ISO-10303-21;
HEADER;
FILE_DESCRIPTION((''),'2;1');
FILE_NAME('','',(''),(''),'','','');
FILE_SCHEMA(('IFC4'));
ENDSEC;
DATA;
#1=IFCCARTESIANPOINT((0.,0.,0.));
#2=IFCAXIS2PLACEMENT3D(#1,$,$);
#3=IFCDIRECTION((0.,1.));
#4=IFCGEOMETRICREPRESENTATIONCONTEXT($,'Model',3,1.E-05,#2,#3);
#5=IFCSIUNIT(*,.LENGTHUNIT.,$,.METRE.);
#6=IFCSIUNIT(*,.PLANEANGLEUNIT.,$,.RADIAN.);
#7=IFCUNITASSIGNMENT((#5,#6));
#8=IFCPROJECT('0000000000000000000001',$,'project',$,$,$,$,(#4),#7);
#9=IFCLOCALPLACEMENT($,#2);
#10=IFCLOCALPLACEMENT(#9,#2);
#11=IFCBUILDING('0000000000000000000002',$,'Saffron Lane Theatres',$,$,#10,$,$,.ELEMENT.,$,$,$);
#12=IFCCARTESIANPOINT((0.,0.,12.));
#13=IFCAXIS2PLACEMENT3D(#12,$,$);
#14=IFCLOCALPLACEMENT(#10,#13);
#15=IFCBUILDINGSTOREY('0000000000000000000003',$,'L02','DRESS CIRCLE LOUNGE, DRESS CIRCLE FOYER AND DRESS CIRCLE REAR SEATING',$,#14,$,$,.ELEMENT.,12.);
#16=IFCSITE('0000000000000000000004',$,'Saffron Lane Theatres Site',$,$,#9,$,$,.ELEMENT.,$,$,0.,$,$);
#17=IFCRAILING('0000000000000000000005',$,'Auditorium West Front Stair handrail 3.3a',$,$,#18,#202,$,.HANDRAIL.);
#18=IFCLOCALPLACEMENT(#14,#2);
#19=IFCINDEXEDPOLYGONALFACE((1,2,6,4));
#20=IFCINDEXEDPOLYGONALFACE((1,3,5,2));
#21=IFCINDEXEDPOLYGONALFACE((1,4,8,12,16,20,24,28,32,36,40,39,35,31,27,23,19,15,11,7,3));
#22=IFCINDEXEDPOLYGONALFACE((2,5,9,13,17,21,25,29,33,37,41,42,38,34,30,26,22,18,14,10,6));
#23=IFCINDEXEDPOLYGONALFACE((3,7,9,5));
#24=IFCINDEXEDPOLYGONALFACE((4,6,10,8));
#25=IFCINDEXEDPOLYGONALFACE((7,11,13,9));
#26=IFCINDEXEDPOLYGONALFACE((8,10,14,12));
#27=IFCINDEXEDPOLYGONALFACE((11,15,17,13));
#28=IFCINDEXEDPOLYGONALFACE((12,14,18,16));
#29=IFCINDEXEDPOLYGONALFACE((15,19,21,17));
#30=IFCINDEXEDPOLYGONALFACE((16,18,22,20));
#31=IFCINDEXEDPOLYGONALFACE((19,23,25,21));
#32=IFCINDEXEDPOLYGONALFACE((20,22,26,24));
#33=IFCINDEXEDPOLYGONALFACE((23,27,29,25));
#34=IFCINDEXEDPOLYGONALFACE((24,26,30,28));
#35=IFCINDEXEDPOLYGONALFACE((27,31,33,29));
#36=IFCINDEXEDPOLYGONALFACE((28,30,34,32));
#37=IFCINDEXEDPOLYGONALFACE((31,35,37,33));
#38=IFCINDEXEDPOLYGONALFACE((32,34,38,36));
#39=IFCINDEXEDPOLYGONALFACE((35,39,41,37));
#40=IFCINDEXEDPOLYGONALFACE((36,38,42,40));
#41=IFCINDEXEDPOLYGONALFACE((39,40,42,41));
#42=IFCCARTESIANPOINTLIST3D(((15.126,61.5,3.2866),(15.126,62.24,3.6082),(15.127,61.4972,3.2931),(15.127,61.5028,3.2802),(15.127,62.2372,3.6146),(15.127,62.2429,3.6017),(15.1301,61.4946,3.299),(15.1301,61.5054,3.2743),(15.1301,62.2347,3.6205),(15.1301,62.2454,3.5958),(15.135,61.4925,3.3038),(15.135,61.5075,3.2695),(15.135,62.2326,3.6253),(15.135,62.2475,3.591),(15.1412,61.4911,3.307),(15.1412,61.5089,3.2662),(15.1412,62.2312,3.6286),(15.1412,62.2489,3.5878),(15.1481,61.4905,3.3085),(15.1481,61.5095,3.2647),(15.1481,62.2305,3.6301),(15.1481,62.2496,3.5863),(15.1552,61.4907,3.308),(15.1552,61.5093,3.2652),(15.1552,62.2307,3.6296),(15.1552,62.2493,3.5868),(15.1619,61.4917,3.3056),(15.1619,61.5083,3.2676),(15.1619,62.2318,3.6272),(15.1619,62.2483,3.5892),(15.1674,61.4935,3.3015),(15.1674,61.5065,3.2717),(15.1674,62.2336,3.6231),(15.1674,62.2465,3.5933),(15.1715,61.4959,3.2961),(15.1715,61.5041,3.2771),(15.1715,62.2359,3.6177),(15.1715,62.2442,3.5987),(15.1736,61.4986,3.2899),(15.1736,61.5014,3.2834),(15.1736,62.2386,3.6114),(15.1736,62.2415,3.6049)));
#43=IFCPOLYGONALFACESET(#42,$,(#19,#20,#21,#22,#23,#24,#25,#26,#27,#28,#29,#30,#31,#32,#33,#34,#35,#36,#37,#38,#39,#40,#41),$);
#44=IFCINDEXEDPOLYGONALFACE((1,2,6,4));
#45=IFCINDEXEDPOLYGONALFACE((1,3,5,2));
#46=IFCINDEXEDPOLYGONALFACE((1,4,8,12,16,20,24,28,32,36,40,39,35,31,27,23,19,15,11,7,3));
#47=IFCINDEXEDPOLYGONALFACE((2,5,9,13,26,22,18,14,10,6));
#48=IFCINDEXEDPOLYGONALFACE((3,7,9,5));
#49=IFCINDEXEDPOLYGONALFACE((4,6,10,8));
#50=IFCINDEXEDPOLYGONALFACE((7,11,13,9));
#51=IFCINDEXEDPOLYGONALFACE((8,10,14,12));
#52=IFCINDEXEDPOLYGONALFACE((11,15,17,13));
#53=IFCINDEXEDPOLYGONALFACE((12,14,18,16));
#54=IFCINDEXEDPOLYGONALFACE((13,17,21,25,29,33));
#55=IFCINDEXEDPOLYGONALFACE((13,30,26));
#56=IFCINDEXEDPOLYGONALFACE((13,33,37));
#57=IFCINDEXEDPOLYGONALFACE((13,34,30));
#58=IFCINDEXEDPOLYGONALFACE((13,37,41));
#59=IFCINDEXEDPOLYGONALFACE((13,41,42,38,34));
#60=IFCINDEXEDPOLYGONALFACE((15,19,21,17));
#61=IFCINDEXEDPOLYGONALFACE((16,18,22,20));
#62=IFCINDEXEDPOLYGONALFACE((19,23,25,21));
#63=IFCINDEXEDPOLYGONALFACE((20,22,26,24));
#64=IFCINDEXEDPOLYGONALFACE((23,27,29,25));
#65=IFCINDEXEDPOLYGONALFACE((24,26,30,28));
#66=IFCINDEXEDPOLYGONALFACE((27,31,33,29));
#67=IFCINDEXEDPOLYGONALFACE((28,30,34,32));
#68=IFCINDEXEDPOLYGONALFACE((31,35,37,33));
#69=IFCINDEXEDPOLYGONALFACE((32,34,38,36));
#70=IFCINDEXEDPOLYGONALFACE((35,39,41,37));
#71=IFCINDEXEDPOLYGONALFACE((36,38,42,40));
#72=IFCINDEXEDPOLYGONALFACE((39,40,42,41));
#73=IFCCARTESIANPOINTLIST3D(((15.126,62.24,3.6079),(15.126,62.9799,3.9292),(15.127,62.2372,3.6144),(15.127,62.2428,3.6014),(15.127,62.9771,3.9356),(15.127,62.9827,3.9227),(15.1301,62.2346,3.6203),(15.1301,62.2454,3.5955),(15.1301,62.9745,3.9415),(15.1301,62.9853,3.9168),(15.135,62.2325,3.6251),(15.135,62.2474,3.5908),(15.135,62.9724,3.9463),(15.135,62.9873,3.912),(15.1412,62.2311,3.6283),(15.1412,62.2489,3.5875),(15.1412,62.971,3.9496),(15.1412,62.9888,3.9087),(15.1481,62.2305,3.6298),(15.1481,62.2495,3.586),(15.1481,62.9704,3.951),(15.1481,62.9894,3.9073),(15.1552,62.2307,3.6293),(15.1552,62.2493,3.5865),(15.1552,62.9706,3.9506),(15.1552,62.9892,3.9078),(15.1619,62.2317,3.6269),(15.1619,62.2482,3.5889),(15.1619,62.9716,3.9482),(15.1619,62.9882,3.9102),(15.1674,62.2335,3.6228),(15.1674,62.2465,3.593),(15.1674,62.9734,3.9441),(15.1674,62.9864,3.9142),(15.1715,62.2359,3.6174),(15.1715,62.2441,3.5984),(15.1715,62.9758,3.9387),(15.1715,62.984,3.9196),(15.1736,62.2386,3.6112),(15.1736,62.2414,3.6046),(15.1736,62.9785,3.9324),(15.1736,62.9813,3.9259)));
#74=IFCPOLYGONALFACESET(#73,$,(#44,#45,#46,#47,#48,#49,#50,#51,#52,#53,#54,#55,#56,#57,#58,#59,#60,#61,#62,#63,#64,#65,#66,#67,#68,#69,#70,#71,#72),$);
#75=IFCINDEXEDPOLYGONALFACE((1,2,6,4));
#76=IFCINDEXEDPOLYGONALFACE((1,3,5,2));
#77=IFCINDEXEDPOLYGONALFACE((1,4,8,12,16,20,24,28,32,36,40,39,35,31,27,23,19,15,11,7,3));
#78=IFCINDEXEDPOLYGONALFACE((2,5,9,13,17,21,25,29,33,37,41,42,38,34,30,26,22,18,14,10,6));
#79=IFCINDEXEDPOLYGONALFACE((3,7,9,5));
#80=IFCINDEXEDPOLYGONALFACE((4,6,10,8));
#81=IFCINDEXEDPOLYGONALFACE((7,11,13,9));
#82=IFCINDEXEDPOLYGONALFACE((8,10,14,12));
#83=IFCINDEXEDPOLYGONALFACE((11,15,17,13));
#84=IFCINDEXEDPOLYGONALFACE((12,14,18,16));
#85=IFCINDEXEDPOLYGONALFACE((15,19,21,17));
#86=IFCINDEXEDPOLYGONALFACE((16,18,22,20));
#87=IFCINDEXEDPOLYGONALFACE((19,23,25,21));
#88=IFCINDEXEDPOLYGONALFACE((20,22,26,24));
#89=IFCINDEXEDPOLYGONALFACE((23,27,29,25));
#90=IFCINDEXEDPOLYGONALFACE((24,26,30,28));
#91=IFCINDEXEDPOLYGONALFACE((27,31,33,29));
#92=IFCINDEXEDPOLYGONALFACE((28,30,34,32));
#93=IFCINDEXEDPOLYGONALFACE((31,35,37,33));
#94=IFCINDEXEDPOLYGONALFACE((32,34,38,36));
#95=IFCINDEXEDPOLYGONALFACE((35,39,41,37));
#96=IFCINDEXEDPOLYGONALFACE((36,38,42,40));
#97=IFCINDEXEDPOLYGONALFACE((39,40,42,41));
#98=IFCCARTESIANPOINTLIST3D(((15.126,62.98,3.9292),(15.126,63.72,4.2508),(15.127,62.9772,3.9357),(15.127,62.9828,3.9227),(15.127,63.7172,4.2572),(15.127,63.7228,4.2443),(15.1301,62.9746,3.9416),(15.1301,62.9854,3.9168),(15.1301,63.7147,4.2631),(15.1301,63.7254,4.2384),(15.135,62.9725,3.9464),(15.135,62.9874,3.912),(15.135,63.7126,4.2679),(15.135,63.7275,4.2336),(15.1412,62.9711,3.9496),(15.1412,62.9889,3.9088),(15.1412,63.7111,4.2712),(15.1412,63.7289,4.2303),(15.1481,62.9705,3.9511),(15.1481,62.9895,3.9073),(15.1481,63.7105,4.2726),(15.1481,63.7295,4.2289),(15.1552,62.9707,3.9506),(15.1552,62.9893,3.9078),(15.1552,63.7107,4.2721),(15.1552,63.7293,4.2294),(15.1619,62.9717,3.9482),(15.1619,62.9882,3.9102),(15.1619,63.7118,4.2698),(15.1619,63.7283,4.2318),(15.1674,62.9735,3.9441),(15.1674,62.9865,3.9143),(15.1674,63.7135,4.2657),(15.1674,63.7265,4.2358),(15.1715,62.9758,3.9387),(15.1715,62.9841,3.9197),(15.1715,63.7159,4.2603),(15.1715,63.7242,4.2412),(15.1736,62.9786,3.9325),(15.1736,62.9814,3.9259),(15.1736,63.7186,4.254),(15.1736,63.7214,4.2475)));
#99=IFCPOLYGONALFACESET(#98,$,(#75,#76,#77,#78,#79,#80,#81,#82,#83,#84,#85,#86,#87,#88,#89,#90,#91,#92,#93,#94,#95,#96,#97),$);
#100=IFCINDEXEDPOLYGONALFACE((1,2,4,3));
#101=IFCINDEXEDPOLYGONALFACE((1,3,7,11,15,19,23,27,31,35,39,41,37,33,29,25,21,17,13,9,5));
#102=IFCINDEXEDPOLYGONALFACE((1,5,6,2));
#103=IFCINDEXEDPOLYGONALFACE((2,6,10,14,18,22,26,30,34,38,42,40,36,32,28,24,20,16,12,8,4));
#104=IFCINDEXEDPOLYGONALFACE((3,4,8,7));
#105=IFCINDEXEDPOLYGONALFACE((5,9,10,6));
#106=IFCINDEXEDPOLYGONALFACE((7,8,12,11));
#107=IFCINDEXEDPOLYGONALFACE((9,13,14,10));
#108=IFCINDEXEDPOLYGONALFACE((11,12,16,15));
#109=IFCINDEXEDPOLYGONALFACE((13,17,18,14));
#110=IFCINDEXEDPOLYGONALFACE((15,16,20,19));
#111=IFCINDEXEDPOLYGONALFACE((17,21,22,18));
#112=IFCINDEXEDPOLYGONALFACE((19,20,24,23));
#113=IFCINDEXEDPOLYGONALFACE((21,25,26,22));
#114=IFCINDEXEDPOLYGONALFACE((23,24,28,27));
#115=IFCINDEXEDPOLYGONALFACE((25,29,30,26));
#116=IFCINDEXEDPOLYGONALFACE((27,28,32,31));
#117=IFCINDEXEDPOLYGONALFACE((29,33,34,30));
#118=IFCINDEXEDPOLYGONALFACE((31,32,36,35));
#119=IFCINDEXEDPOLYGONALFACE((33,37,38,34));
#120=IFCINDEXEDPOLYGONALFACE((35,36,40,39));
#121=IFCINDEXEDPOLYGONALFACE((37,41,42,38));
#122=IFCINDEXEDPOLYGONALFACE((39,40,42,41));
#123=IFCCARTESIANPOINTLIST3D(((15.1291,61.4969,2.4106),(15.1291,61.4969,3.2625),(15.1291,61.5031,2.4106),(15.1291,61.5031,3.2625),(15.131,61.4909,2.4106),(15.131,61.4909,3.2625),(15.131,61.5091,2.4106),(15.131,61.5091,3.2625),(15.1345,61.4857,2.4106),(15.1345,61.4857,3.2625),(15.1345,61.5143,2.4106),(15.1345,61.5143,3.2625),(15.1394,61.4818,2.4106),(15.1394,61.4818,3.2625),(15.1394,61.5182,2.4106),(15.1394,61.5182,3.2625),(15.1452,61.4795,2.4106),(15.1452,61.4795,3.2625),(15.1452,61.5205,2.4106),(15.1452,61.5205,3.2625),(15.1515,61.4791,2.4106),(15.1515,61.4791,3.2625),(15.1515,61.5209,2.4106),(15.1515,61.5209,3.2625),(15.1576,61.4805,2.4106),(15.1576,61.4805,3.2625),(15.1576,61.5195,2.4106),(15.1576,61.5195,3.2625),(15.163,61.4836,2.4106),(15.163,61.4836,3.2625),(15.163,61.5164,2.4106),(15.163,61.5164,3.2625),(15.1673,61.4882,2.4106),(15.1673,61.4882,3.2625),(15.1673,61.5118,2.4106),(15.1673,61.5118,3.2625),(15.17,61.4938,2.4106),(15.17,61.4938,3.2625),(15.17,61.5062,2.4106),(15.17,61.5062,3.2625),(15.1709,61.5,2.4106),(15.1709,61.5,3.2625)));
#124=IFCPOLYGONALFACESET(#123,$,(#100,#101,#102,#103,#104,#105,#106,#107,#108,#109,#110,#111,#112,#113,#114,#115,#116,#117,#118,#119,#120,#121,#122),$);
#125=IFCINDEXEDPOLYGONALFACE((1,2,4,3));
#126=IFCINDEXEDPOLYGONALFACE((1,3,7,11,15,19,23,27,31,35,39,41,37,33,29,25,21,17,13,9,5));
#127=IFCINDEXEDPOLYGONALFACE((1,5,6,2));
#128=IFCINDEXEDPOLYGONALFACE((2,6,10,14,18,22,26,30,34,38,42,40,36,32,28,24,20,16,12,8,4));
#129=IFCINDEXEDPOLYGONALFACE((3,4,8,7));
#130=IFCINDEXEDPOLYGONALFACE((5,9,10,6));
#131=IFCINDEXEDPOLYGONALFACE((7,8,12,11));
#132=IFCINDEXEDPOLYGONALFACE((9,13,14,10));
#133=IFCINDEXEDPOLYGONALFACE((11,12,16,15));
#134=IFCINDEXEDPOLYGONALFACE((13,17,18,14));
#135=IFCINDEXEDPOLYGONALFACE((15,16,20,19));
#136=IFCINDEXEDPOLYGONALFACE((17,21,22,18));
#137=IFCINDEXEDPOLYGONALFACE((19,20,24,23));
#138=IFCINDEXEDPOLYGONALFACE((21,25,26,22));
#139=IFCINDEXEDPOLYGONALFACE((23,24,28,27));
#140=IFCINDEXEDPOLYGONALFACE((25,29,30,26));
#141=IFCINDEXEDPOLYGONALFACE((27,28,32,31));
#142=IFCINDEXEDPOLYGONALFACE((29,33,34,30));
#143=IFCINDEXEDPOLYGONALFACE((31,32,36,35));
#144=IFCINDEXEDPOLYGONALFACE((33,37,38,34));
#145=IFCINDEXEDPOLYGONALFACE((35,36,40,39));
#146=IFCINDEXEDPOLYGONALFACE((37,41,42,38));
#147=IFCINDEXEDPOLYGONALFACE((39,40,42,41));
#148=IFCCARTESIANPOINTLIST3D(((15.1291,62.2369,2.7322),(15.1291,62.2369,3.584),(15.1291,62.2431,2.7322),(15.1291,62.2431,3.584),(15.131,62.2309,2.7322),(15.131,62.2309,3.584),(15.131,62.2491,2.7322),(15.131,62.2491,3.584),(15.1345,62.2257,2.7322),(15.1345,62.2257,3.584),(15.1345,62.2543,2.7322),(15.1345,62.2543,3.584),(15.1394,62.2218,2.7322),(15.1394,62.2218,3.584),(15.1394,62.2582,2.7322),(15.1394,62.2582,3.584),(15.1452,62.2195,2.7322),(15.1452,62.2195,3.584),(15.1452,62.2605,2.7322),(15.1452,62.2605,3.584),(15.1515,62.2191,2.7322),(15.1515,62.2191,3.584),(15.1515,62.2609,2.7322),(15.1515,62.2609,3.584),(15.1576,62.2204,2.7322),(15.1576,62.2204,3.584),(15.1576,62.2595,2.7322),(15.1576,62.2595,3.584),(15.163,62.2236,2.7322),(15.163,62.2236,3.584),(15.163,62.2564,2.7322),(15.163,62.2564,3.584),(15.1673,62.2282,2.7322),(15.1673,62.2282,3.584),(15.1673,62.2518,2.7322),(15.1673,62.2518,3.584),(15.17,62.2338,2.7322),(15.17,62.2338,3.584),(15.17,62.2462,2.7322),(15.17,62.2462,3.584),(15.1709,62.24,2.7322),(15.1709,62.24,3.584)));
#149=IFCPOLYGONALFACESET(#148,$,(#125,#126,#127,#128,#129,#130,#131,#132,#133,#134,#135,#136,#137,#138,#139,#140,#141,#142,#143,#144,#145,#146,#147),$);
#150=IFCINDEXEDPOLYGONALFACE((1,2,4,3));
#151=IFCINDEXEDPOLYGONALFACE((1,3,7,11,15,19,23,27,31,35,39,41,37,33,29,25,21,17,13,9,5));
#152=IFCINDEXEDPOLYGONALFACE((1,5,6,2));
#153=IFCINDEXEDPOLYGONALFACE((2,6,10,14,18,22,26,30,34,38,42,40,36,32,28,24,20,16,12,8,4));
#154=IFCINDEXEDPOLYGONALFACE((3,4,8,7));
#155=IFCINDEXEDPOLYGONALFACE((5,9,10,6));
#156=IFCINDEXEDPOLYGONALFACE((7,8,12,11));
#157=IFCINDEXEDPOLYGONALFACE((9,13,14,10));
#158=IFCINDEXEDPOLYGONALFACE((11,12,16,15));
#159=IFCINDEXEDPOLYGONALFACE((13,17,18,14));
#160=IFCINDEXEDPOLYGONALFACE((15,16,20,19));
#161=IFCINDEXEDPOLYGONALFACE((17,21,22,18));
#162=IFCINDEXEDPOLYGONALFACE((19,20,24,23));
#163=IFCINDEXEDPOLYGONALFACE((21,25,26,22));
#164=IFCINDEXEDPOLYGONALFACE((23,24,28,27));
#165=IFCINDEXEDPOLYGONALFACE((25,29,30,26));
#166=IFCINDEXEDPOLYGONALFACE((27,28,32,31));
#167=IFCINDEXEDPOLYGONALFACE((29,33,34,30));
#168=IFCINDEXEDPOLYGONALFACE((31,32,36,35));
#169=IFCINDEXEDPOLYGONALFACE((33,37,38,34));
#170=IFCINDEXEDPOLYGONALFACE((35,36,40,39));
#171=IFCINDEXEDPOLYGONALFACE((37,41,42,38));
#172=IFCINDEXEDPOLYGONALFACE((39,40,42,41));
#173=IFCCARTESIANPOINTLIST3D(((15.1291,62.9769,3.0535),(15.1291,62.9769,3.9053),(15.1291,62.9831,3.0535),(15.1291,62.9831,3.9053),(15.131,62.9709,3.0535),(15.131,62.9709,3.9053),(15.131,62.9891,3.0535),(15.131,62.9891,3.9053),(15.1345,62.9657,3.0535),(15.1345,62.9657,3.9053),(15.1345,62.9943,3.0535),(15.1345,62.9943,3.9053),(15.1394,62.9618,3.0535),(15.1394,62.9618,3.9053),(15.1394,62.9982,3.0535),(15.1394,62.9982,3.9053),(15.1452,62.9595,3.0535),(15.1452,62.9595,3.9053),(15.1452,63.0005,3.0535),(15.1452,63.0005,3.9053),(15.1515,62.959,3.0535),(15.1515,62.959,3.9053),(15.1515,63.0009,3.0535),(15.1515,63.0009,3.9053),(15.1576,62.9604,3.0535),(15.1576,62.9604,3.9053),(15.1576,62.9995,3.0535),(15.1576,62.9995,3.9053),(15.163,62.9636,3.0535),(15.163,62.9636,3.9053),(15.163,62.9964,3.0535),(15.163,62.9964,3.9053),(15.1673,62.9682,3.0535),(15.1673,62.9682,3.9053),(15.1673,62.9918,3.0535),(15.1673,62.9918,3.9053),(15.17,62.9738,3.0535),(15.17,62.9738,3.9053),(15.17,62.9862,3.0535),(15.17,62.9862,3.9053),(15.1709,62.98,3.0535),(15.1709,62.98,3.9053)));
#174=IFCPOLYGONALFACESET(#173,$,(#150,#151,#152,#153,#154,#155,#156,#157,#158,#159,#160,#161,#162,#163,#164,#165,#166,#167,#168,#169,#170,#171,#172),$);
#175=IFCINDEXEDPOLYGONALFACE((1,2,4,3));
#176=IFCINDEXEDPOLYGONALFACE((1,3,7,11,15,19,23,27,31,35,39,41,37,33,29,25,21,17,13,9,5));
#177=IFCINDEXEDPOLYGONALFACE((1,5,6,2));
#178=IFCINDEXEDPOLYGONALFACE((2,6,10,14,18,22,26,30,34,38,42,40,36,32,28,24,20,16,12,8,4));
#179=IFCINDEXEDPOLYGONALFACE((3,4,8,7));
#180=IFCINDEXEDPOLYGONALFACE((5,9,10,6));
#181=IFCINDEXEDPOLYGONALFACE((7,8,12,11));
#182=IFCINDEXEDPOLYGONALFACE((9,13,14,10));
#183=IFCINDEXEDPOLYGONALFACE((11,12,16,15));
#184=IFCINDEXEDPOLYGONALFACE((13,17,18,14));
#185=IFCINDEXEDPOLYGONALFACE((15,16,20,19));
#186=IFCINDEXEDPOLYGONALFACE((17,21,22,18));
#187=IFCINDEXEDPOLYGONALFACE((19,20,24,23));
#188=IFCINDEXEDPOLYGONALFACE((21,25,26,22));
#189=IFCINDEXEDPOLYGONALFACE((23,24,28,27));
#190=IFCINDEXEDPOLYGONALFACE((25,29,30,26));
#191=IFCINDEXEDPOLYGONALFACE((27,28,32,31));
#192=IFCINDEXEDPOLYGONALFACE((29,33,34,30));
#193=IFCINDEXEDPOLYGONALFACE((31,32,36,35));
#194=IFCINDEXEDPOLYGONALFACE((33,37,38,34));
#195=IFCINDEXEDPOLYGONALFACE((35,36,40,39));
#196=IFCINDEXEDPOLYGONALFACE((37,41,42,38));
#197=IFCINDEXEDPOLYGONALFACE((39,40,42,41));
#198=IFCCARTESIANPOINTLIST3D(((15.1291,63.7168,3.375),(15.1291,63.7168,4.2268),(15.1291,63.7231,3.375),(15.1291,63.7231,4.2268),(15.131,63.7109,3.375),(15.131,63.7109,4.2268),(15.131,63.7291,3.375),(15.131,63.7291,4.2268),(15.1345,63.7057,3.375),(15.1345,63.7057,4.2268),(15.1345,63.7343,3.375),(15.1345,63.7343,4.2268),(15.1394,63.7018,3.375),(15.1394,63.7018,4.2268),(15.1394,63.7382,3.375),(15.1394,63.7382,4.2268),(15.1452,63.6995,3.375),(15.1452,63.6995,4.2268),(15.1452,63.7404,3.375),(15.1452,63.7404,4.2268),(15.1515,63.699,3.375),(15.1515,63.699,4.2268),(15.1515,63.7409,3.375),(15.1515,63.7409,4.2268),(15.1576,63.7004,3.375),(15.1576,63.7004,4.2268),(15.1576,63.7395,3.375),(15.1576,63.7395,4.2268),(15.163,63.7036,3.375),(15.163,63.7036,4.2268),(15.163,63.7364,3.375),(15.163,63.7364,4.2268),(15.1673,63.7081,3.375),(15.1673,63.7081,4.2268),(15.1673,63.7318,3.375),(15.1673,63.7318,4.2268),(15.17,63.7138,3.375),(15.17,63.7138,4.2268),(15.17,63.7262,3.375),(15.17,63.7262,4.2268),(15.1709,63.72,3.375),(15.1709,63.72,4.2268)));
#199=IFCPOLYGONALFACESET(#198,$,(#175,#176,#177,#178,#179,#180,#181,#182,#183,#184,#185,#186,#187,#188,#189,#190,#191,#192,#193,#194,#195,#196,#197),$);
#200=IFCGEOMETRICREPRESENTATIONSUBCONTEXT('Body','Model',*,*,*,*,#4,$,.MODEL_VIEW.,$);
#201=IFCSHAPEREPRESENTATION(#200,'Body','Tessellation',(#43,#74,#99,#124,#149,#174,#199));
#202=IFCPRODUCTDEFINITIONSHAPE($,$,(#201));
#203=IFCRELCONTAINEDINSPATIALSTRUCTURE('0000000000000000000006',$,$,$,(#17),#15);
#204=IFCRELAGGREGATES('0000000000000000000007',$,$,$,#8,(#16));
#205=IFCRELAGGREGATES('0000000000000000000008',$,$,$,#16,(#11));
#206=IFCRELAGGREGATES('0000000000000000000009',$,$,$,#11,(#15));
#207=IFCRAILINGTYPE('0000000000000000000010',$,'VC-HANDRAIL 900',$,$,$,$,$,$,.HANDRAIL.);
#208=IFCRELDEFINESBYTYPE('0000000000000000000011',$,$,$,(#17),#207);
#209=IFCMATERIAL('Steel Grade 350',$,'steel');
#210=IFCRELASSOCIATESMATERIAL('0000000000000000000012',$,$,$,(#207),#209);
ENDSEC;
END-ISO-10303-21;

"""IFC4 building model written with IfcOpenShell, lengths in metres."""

from ifc_helpers import new_model, si_unit, direction, frame, origin, origin_2d, place, context, subcontext, project, spatial, circle, extrude, material, type_object, element, save


model = new_model("IFC4")

# Units and contexts
model_context = context("Model", 3, precision=1e-05, world=origin(), true_north=direction((0.0, 1.0)))
body_context = subcontext(model_context, "Body", "Model", "MODEL_VIEW")
ifc_project = project(units=[si_unit("LENGTHUNIT", "METRE"), si_unit("PLANEANGLEUNIT", "RADIAN")], contexts=[model_context])

# Site, building, storey
site_placement = place(None, origin())
site = spatial("IfcSite", under=ifc_project, at=site_placement, Name="Saffron Lane Theatres Site", CompositionType="ELEMENT", RefElevation=0.0)
building_placement = place(site_placement, origin())
building = spatial("IfcBuilding", under=site, at=building_placement, Name="Saffron Lane Theatres", CompositionType="ELEMENT")
storey_placement = place(building_placement, frame((0.0, 0.0, 12.0)))
storey = spatial("IfcBuildingStorey", under=building, at=storey_placement, Name="L02", Description="DRESS CIRCLE LOUNGE, DRESS CIRCLE FOYER AND DRESS CIRCLE REAR SEATING", CompositionType="ELEMENT", Elevation=12.0)

# Railing
ifc_material_1 = material(Name="Steel Grade 350", Category="steel")
railing_type_1 = type_object("IfcRailingType", Name="VC-HANDRAIL 900", PredefinedType="HANDRAIL", material=ifc_material_1)
for number, where, name in (
    (1, (15.1499, 61.5, 2.4106), "Auditorium West Front Stair handrail 3.3a"),
):
    element("IfcRailing", number, at=place(storey_placement, frame(where)), inside=storey, type_object=railing_type_1, Name=name, PredefinedType="HANDRAIL", context=body_context, shape_type="SweptSolid", body=[
        extrude(circle(Radius=0.0239, at=origin_2d()), frame((0.0, 0.0, 0.876), z_axis=(0.0, 0.917161, 0.398516), x_axis=(-1.0, 0.0, 0.0)), (0.0, 0.0, 1.0), 0.8069),
        extrude(circle(Radius=0.0239, at=origin_2d()), frame((0.0, 0.74, 1.1973), z_axis=(0.0, 0.917272, 0.398261), x_axis=(-1.0, 0.0, 0.0)), (0.0, 0.0, 1.0), 0.8066),
        extrude(circle(Radius=0.0239, at=origin_2d()), frame((0.0, 1.48, 1.5186), z_axis=(0.0, 0.917161, 0.398516), x_axis=(-1.0, 0.0, 0.0)), (0.0, 0.0, 1.0), 0.8069),
        extrude(circle(Radius=0.021, at=origin_2d()), origin(), (0.0, 0.0, 1.0), 0.8518),
        extrude(circle(Radius=0.021, at=origin_2d()), frame((0.0, 0.74, 0.3215)), (0.0, 0.0, 1.0), 0.8518),
        extrude(circle(Radius=0.021, at=origin_2d()), frame((0.0, 1.48, 0.6428)), (0.0, 0.0, 1.0), 0.8518),
        extrude(circle(Radius=0.021, at=origin_2d()), frame((0.0, 2.22, 0.9644)), (0.0, 0.0, 1.0), 0.8518),
    ])

save(model, "model.ifc")
